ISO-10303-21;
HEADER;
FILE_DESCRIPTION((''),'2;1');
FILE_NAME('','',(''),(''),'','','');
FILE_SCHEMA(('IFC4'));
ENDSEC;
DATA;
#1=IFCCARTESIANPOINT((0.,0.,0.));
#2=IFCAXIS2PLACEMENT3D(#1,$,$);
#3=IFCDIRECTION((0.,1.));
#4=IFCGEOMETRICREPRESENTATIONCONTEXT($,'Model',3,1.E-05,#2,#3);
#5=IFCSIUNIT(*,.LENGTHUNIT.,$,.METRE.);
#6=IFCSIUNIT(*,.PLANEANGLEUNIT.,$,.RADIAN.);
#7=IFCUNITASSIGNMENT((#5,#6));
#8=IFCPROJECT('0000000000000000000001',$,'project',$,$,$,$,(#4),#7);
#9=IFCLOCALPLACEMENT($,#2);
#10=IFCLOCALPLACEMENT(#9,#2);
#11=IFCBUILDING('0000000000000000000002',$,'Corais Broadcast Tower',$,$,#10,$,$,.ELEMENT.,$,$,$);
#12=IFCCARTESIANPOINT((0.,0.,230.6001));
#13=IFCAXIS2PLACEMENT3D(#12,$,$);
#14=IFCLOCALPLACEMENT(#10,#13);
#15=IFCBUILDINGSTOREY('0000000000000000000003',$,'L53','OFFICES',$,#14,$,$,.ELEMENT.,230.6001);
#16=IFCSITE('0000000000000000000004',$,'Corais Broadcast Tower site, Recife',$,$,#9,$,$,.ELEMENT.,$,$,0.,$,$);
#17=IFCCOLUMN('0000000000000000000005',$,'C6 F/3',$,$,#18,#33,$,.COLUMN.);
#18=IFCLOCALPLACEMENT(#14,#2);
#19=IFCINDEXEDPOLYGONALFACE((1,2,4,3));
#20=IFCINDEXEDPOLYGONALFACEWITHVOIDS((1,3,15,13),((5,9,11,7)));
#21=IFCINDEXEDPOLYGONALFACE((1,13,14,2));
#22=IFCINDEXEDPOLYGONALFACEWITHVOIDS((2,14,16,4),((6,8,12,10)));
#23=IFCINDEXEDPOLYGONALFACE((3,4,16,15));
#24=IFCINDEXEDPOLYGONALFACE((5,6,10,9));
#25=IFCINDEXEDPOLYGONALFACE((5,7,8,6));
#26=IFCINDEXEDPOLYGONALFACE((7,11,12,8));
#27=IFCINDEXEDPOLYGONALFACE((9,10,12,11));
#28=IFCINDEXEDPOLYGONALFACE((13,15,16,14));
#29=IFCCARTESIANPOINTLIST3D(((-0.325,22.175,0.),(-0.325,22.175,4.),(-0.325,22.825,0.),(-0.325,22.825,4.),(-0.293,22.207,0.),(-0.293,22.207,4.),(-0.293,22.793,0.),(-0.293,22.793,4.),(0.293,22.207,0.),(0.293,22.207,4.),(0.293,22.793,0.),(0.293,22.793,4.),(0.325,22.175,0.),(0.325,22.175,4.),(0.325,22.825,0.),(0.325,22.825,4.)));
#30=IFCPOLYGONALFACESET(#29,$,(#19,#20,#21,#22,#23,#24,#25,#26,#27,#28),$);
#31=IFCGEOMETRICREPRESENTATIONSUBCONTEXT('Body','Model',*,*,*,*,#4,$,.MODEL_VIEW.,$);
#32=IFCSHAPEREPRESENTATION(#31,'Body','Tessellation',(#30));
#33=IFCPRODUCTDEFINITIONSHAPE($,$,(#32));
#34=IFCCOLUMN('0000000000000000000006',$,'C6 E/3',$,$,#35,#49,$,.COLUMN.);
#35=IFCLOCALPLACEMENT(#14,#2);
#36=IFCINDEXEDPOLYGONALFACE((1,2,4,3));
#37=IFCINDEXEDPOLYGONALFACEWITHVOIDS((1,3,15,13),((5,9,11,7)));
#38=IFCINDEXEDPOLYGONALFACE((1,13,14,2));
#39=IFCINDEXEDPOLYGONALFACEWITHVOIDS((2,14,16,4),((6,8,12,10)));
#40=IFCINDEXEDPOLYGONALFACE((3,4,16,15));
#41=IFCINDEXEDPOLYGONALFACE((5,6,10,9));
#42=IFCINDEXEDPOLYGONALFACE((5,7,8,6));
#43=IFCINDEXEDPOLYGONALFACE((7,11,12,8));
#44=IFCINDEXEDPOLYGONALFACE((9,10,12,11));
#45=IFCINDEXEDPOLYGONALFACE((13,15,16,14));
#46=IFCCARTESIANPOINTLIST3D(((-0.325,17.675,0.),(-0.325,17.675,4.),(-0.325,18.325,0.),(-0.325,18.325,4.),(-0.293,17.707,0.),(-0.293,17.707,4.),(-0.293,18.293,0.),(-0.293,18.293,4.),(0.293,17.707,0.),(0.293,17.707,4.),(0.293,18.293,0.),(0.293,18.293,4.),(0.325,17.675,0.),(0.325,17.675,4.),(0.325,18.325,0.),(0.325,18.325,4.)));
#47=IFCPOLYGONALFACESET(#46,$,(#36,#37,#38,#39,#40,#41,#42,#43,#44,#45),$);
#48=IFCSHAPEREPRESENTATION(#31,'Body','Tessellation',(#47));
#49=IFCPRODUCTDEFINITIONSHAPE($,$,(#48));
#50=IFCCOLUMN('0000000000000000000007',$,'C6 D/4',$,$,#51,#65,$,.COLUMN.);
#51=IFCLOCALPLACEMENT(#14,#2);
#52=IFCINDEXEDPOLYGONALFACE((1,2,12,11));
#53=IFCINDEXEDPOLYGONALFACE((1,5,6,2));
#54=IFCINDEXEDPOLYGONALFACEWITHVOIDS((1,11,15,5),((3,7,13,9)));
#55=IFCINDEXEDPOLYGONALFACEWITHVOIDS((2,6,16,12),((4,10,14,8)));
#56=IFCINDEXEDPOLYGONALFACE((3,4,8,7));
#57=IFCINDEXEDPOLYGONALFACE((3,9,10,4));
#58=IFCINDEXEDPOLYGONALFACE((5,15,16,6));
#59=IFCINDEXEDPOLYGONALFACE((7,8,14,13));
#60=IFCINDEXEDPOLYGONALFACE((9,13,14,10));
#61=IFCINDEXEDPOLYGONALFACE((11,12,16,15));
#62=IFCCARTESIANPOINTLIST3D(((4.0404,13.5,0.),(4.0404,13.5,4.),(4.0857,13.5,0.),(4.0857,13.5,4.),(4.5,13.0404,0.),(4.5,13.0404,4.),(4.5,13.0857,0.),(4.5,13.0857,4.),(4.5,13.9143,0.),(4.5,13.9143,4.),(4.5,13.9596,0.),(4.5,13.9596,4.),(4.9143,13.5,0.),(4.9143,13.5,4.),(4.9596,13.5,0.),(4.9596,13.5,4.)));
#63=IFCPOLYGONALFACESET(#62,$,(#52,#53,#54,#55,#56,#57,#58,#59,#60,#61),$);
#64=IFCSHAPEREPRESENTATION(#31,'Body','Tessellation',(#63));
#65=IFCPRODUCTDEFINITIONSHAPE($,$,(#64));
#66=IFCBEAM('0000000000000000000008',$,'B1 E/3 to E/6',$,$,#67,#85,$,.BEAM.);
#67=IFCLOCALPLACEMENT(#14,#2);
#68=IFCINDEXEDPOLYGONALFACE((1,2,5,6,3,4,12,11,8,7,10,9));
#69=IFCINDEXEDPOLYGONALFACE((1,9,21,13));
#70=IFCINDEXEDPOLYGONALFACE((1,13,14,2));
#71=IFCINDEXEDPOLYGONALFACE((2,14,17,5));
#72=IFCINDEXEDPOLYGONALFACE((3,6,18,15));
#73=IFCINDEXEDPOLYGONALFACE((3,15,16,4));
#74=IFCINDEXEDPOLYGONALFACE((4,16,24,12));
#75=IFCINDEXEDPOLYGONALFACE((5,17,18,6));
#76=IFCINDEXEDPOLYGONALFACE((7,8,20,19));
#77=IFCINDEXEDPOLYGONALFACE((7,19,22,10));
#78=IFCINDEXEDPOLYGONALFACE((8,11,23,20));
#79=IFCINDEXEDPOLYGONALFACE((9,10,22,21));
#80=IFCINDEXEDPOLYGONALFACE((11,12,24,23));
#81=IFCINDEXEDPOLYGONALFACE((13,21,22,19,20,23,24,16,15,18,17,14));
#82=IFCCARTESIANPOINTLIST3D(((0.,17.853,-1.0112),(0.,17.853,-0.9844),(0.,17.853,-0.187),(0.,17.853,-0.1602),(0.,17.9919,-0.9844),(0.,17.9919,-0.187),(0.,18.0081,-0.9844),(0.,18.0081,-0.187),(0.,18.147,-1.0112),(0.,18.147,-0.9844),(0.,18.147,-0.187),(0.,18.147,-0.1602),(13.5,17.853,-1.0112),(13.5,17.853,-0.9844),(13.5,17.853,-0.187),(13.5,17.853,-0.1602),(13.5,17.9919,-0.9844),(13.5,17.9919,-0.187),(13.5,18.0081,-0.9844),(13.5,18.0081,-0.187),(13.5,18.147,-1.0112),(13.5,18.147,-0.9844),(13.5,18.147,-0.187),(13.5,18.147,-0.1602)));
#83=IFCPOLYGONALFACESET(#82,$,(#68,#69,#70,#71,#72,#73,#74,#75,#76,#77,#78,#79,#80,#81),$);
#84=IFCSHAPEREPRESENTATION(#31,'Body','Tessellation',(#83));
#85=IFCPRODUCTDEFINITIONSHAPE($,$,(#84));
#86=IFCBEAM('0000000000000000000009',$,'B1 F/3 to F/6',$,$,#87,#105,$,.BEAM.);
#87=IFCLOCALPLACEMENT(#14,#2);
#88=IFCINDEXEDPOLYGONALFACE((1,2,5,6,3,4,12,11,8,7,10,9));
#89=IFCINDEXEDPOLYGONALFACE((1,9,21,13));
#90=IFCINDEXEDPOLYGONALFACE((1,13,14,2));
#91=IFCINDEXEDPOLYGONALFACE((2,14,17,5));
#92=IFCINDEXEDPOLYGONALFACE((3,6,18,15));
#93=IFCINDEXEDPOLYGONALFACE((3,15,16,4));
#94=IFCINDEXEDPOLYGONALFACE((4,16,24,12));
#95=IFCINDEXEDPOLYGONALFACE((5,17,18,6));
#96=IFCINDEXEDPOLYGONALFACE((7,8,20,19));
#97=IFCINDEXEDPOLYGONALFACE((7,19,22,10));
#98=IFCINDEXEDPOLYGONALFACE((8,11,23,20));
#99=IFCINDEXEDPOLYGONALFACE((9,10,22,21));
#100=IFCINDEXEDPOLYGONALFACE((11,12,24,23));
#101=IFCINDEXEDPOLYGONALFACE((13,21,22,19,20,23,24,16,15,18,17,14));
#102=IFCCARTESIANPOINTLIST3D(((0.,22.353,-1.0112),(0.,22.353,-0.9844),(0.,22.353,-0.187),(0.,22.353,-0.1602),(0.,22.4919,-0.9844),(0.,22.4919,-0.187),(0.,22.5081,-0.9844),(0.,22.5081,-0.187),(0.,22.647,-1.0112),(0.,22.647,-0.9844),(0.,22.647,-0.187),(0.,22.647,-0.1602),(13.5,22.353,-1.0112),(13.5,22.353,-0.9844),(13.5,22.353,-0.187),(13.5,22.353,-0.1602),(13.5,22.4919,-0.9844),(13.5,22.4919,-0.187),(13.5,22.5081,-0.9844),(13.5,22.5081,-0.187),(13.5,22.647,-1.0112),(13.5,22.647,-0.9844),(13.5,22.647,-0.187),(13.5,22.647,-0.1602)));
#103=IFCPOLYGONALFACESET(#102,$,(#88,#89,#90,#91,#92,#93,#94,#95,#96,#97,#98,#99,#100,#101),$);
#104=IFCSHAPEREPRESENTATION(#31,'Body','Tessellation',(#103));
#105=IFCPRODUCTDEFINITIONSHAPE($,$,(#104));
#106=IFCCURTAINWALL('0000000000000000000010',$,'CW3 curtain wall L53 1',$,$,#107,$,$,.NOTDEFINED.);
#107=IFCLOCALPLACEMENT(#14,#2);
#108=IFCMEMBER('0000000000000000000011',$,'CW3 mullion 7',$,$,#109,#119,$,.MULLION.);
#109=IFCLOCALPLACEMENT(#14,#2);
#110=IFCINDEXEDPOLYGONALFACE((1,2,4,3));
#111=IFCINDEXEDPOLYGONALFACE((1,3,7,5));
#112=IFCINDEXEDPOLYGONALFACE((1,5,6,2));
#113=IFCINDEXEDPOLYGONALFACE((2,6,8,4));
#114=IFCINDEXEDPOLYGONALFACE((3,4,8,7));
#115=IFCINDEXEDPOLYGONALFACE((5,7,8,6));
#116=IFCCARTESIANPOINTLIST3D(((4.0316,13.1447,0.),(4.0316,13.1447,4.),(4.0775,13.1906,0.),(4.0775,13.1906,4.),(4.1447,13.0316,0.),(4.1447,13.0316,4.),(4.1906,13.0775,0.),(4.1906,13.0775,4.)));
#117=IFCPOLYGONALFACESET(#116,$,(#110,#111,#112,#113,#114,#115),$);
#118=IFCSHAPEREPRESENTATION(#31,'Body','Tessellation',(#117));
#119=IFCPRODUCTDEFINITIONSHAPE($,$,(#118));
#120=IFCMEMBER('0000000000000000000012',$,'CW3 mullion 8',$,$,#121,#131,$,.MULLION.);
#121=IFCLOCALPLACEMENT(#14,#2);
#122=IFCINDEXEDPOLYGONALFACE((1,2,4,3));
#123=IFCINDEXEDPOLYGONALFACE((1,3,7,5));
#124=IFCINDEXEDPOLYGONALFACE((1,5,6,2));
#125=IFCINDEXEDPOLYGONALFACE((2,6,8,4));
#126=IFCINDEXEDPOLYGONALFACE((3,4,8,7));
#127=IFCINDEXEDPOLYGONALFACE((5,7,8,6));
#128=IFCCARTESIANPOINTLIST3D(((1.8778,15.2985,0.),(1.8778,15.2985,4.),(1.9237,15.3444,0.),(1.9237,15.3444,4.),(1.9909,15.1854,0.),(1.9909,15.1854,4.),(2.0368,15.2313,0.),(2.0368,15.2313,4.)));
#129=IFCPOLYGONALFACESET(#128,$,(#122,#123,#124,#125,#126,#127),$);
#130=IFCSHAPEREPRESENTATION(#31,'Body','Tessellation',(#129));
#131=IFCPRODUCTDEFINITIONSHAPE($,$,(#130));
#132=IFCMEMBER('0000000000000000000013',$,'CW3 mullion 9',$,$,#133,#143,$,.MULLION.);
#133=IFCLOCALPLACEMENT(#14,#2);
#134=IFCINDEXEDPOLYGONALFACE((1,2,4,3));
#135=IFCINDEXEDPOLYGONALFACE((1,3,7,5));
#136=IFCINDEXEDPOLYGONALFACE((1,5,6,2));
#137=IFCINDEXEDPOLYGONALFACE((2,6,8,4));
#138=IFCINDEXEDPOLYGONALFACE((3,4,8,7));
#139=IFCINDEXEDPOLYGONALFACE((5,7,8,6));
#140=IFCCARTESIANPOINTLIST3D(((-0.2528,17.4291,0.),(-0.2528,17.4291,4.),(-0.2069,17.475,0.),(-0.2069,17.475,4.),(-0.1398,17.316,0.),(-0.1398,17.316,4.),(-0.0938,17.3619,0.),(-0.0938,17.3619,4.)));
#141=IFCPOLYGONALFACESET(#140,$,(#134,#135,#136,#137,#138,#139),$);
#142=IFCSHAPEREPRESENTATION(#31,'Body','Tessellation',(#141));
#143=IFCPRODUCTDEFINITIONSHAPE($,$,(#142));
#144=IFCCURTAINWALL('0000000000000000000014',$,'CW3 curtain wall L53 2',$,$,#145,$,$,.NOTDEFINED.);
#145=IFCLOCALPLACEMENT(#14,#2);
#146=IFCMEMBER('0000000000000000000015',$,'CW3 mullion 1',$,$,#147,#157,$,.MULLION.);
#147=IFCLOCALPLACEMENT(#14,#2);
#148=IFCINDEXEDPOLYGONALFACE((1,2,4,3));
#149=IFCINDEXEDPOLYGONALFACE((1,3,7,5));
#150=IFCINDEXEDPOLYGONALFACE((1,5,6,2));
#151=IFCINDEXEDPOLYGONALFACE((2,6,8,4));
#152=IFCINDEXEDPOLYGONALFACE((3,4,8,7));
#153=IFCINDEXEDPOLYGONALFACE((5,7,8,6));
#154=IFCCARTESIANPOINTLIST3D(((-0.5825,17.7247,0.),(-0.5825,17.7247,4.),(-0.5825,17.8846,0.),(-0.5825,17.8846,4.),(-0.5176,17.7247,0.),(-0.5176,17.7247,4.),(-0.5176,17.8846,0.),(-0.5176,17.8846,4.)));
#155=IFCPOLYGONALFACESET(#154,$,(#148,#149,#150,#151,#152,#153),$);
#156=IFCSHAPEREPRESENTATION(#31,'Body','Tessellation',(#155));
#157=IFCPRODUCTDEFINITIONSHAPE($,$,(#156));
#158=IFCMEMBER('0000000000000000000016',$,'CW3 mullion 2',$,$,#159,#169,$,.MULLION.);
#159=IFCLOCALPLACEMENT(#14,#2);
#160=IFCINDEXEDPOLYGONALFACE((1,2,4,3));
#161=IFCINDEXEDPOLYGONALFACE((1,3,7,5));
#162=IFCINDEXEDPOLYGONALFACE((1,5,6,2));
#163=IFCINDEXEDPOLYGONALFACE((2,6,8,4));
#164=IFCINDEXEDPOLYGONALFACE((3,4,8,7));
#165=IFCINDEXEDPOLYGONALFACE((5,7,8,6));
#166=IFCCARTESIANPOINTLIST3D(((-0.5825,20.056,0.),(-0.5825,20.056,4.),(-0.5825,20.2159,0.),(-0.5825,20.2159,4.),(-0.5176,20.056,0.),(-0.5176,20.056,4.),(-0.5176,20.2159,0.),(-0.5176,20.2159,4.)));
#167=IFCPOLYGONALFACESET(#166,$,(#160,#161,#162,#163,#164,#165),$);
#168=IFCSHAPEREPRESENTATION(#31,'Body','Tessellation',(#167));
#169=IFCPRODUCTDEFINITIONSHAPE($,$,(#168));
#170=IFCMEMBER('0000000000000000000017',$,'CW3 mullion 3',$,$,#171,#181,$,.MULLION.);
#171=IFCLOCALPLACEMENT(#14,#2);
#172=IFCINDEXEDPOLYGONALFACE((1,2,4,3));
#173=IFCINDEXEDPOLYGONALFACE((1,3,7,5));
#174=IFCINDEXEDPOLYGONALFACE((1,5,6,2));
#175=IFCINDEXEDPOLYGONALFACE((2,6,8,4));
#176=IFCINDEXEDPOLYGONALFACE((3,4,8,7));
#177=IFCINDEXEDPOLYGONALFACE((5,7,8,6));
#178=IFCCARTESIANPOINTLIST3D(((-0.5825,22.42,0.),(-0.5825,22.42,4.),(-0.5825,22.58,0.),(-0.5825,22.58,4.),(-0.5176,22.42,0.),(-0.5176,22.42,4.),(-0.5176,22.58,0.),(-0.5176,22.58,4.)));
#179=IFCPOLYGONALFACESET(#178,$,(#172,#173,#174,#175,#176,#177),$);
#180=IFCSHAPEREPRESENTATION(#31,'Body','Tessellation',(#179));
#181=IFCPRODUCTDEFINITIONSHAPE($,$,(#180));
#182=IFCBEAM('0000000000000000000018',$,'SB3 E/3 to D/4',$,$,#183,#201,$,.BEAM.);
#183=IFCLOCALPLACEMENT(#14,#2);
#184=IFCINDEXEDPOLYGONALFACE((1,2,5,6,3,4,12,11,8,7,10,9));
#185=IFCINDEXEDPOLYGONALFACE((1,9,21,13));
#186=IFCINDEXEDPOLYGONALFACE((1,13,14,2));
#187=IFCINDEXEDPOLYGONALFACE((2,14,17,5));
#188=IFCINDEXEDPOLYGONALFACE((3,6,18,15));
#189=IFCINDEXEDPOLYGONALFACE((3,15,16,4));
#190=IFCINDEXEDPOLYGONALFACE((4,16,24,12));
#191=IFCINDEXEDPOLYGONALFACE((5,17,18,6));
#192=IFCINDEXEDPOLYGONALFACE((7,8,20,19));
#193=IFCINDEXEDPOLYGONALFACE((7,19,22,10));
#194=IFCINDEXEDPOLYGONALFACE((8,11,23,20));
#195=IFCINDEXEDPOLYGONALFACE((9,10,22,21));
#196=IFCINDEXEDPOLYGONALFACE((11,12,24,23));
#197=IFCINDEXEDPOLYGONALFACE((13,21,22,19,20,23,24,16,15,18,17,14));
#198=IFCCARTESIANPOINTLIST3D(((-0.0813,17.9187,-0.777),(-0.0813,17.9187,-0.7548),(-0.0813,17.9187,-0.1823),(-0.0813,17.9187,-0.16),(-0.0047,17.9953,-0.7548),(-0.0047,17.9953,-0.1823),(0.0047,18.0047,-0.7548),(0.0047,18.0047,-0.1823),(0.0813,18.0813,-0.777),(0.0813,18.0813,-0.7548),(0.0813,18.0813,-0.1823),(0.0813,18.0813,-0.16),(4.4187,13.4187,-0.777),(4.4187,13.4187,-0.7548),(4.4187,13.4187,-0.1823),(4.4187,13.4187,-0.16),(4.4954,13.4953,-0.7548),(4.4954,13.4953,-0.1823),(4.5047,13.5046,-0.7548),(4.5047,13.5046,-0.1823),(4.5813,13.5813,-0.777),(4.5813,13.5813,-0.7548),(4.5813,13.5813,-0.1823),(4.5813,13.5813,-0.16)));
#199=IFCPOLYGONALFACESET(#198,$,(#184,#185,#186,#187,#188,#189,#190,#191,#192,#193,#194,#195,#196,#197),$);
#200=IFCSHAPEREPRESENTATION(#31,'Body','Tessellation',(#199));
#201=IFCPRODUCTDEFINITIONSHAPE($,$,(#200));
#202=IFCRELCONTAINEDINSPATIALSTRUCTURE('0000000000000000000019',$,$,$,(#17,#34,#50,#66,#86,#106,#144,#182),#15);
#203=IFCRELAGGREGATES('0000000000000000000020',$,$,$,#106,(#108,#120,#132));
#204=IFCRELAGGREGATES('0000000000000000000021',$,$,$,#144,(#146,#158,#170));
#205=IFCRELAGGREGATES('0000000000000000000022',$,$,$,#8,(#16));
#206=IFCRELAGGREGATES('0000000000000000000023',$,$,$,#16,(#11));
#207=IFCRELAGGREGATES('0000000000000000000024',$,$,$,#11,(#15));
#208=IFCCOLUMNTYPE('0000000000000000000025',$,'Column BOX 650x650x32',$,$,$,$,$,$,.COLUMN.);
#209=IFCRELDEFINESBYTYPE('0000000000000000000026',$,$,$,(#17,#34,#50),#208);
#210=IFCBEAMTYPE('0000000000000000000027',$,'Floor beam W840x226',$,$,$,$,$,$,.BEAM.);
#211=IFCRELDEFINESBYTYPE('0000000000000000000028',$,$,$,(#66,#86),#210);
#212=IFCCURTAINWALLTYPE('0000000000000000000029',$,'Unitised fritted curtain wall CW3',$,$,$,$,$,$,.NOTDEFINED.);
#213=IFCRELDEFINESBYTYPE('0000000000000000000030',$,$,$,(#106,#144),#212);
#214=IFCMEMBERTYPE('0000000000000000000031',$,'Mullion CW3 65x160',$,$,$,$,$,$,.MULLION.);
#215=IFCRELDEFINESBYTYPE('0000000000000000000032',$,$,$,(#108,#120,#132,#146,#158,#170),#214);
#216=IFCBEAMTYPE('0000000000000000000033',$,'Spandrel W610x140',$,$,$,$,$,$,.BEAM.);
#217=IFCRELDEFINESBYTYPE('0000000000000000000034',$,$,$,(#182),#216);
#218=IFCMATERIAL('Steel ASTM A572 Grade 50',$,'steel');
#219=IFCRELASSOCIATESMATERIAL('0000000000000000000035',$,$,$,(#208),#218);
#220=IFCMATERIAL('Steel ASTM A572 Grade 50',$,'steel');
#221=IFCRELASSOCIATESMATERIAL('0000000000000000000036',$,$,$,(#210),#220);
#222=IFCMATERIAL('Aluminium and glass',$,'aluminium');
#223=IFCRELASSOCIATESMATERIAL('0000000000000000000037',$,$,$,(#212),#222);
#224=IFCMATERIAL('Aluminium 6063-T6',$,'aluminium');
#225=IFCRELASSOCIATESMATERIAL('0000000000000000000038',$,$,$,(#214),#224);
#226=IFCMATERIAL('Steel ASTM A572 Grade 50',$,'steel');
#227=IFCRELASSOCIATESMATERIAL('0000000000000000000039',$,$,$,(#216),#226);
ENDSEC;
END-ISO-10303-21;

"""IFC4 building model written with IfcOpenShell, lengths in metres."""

from ifc_helpers import new_model, si_unit, direction, frame, origin, origin_2d, place, context, subcontext, project, spatial, rectangle, hollow_rectangle, i_section, extrude, material, material_profile, profile_set, type_object, element, aggregate, save


model = new_model("IFC4")

# Units and contexts
model_context = context("Model", 3, precision=1e-05, world=origin(), true_north=direction((0.0, 1.0)))
body_context = subcontext(model_context, "Body", "Model", "MODEL_VIEW")
ifc_project = project(units=[si_unit("LENGTHUNIT", "METRE"), si_unit("PLANEANGLEUNIT", "RADIAN")], contexts=[model_context])

# Site, building, storey
site_placement = place(None, origin())
site = spatial("IfcSite", under=ifc_project, at=site_placement, Name="Corais Broadcast Tower site, Recife", CompositionType="ELEMENT", RefElevation=0.0)
building_placement = place(site_placement, origin())
building = spatial("IfcBuilding", under=site, at=building_placement, Name="Corais Broadcast Tower", CompositionType="ELEMENT")
storey_placement = place(building_placement, frame((0.0, 0.0, 230.6001)))
storey = spatial("IfcBuildingStorey", under=building, at=storey_placement, Name="L53", Description="OFFICES", CompositionType="ELEMENT", Elevation=230.6001)

# Columns
ifc_material_1 = material(Name="Steel ASTM A572 Grade 50", Category="steel")
ifc_material_profile_1 = material_profile(ifc_material_1, hollow_rectangle(XDim=0.6499, YDim=0.6499, WallThickness=0.032, at=origin_2d()), Name="BOX 650x650x32")
ifc_profile_set_1 = profile_set([ifc_material_profile_1], Name="Steel ASTM A572 Grade 50")
column_type = type_object("IfcColumnType", Name="Column BOX 650x650x32", PredefinedType="COLUMN", material=ifc_profile_set_1)
for number, where, z_axis, x_axis, name in (
    (1, (0.0, 22.5, 0.0), (0.0, 0.0, 1.0), (1.0, 0.0, 0.0), "C6 F/3"),
    (2, (0.0, 18.0, 0.0), (0.0, 0.0, 1.0), (1.0, 0.0, 0.0), "C6 E/3"),
    (3, (4.5, 13.5, 0.0), (0.0, 0.0, 1.0), (0.707107, 0.707107, 0.0), "C6 D/4"),
):
    element("IfcColumn", number, at=place(storey_placement, frame(where, z_axis=z_axis, x_axis=x_axis)), inside=storey, type_object=column_type, Name=name, PredefinedType="COLUMN", context=body_context, shape_type="SweptSolid", body=[
        extrude(hollow_rectangle(XDim=0.6499, YDim=0.6499, WallThickness=0.032, at=origin_2d()), origin(), (0.0, 0.0, 1.0), 4.0),
    ])

# Beams
ifc_material_2 = material(Name="Steel ASTM A572 Grade 50", Category="steel")
ifc_material_profile_2 = material_profile(ifc_material_2, i_section(OverallWidth=0.2939, OverallDepth=0.8511, WebThickness=0.0161, FlangeThickness=0.0269, at=origin_2d()), Name="W840x226")
ifc_profile_set_2 = profile_set([ifc_material_profile_2], Name="Steel ASTM A572 Grade 50")
beam_type_1 = type_object("IfcBeamType", Name="Floor beam W840x226", PredefinedType="BEAM", material=ifc_profile_set_2)
for number, where, z_axis, x_axis, name in (
    (4, (0.0, 18.0, -0.5857), (1.0, 0.0, 0.0), (0.0, 1.0, 0.0), "B1 E/3 to E/6"),
    (5, (0.0, 22.5, -0.5857), (1.0, 0.0, 0.0), (0.0, 1.0, 0.0), "B1 F/3 to F/6"),
):
    element("IfcBeam", number, at=place(storey_placement, frame(where, z_axis=z_axis, x_axis=x_axis)), inside=storey, type_object=beam_type_1, Name=name, PredefinedType="BEAM", context=body_context, shape_type="SweptSolid", body=[
        extrude(i_section(OverallWidth=0.2939, OverallDepth=0.8511, WebThickness=0.0161, FlangeThickness=0.0269, at=origin_2d()), origin(), (0.0, 0.0, 1.0), 13.5),
    ])

# Curtain walls, members
ifc_material_3 = material(Name="Aluminium and glass", Category="aluminium")
curtain_wall_type = type_object("IfcCurtainWallType", Name="Unitised fritted curtain wall CW3", PredefinedType="NOTDEFINED", material=ifc_material_3)
curtain_wall_1_placement = place(storey_placement, origin())
curtain_wall_1 = element("IfcCurtainWall", 6, at=curtain_wall_1_placement, inside=storey, type_object=curtain_wall_type, Name="CW3 curtain wall L53 1", PredefinedType="NOTDEFINED")
ifc_material_4 = material(Name="Aluminium 6063-T6", Category="aluminium")
ifc_material_profile_3 = material_profile(ifc_material_4, rectangle(XDim=0.0649, YDim=0.1599, at=origin_2d()), Name="Mullion CW3 65x160")
ifc_profile_set_3 = profile_set([ifc_material_profile_3], Name="Aluminium 6063-T6")
member_type_1 = type_object("IfcMemberType", Name="Mullion CW3 65x160", PredefinedType="MULLION", material=ifc_profile_set_3)
member_1_placement = place(storey_placement, frame((4.1111, 13.1111, 0.0), z_axis=(0.0, 0.0, 1.0), x_axis=(-0.707107, -0.707107, 0.0)))
member_1 = element("IfcMember", 7, at=member_1_placement, type_object=member_type_1, Name="CW3 mullion 7", PredefinedType="MULLION", context=body_context, shape_type="SweptSolid", body=[
    extrude(rectangle(XDim=0.0649, YDim=0.1599, at=origin_2d()), origin(), (0.0, 0.0, 1.0), 4.0),
])
member_2_placement = place(storey_placement, frame((1.9573, 15.2649, 0.0), z_axis=(0.0, 0.0, 1.0), x_axis=(-0.707107, -0.707107, 0.0)))
member_2 = element("IfcMember", 8, at=member_2_placement, type_object=member_type_1, Name="CW3 mullion 8", PredefinedType="MULLION", context=body_context, shape_type="SweptSolid", body=[
    extrude(rectangle(XDim=0.0649, YDim=0.1599, at=origin_2d()), origin(), (0.0, 0.0, 1.0), 4.0),
])
member_3_placement = place(storey_placement, frame((-0.1733, 17.3955, 0.0), z_axis=(0.0, 0.0, 1.0), x_axis=(-0.707107, -0.707107, 0.0)))
member_3 = element("IfcMember", 9, at=member_3_placement, type_object=member_type_1, Name="CW3 mullion 9", PredefinedType="MULLION", context=body_context, shape_type="SweptSolid", body=[
    extrude(rectangle(XDim=0.0649, YDim=0.1599, at=origin_2d()), origin(), (0.0, 0.0, 1.0), 4.0),
])
curtain_wall_2_placement = place(storey_placement, origin())
curtain_wall_2 = element("IfcCurtainWall", 10, at=curtain_wall_2_placement, inside=storey, type_object=curtain_wall_type, Name="CW3 curtain wall L53 2", PredefinedType="NOTDEFINED")
member_4_placement = place(storey_placement, frame((-0.55, 17.8047, 0.0), z_axis=(0.0, 0.0, 1.0), x_axis=(-1.0, 0.0, 0.0)))
member_4 = element("IfcMember", 11, at=member_4_placement, type_object=member_type_1, Name="CW3 mullion 1", PredefinedType="MULLION", context=body_context, shape_type="SweptSolid", body=[
    extrude(rectangle(XDim=0.0649, YDim=0.1599, at=origin_2d()), origin(), (0.0, 0.0, 1.0), 4.0),
])
member_5_placement = place(storey_placement, frame((-0.55, 20.136, 0.0), z_axis=(0.0, 0.0, 1.0), x_axis=(-1.0, 0.0, 0.0)))
member_5 = element("IfcMember", 12, at=member_5_placement, type_object=member_type_1, Name="CW3 mullion 2", PredefinedType="MULLION", context=body_context, shape_type="SweptSolid", body=[
    extrude(rectangle(XDim=0.0649, YDim=0.1599, at=origin_2d()), origin(), (0.0, 0.0, 1.0), 4.0),
])
member_6_placement = place(storey_placement, frame((-0.55, 22.5, 0.0), z_axis=(0.0, 0.0, 1.0), x_axis=(-1.0, 0.0, 0.0)))
member_6 = element("IfcMember", 13, at=member_6_placement, type_object=member_type_1, Name="CW3 mullion 3", PredefinedType="MULLION", context=body_context, shape_type="SweptSolid", body=[
    extrude(rectangle(XDim=0.0649, YDim=0.1599, at=origin_2d()), origin(), (0.0, 0.0, 1.0), 4.0),
])

# Beam
ifc_material_5 = material(Name="Steel ASTM A572 Grade 50", Category="steel")
ifc_material_profile_4 = material_profile(ifc_material_5, i_section(OverallWidth=0.23, OverallDepth=0.6169, WebThickness=0.0132, FlangeThickness=0.0222, at=origin_2d()), Name="W610x140")
ifc_profile_set_4 = profile_set([ifc_material_profile_4], Name="Steel ASTM A572 Grade 50")
beam_type_2 = type_object("IfcBeamType", Name="Spandrel W610x140", PredefinedType="BEAM", material=ifc_profile_set_4)
beam_1_placement = place(storey_placement, frame((0.0, 18.0, -0.4685), z_axis=(0.707107, -0.707107, 0.0), x_axis=(0.707107, 0.707107, 0.0)))
element("IfcBeam", 14, at=beam_1_placement, inside=storey, type_object=beam_type_2, Name="SB3 E/3 to D/4", PredefinedType="BEAM", context=body_context, shape_type="SweptSolid", body=[
    extrude(i_section(OverallWidth=0.23, OverallDepth=0.6169, WebThickness=0.0132, FlangeThickness=0.0222, at=origin_2d()), origin(), (0.0, 0.0, 1.0), 6.364),
])

aggregate(curtain_wall_1, [member_1, member_2, member_3])
aggregate(curtain_wall_2, [member_4, member_5, member_6])

save(model, "model.ifc")
